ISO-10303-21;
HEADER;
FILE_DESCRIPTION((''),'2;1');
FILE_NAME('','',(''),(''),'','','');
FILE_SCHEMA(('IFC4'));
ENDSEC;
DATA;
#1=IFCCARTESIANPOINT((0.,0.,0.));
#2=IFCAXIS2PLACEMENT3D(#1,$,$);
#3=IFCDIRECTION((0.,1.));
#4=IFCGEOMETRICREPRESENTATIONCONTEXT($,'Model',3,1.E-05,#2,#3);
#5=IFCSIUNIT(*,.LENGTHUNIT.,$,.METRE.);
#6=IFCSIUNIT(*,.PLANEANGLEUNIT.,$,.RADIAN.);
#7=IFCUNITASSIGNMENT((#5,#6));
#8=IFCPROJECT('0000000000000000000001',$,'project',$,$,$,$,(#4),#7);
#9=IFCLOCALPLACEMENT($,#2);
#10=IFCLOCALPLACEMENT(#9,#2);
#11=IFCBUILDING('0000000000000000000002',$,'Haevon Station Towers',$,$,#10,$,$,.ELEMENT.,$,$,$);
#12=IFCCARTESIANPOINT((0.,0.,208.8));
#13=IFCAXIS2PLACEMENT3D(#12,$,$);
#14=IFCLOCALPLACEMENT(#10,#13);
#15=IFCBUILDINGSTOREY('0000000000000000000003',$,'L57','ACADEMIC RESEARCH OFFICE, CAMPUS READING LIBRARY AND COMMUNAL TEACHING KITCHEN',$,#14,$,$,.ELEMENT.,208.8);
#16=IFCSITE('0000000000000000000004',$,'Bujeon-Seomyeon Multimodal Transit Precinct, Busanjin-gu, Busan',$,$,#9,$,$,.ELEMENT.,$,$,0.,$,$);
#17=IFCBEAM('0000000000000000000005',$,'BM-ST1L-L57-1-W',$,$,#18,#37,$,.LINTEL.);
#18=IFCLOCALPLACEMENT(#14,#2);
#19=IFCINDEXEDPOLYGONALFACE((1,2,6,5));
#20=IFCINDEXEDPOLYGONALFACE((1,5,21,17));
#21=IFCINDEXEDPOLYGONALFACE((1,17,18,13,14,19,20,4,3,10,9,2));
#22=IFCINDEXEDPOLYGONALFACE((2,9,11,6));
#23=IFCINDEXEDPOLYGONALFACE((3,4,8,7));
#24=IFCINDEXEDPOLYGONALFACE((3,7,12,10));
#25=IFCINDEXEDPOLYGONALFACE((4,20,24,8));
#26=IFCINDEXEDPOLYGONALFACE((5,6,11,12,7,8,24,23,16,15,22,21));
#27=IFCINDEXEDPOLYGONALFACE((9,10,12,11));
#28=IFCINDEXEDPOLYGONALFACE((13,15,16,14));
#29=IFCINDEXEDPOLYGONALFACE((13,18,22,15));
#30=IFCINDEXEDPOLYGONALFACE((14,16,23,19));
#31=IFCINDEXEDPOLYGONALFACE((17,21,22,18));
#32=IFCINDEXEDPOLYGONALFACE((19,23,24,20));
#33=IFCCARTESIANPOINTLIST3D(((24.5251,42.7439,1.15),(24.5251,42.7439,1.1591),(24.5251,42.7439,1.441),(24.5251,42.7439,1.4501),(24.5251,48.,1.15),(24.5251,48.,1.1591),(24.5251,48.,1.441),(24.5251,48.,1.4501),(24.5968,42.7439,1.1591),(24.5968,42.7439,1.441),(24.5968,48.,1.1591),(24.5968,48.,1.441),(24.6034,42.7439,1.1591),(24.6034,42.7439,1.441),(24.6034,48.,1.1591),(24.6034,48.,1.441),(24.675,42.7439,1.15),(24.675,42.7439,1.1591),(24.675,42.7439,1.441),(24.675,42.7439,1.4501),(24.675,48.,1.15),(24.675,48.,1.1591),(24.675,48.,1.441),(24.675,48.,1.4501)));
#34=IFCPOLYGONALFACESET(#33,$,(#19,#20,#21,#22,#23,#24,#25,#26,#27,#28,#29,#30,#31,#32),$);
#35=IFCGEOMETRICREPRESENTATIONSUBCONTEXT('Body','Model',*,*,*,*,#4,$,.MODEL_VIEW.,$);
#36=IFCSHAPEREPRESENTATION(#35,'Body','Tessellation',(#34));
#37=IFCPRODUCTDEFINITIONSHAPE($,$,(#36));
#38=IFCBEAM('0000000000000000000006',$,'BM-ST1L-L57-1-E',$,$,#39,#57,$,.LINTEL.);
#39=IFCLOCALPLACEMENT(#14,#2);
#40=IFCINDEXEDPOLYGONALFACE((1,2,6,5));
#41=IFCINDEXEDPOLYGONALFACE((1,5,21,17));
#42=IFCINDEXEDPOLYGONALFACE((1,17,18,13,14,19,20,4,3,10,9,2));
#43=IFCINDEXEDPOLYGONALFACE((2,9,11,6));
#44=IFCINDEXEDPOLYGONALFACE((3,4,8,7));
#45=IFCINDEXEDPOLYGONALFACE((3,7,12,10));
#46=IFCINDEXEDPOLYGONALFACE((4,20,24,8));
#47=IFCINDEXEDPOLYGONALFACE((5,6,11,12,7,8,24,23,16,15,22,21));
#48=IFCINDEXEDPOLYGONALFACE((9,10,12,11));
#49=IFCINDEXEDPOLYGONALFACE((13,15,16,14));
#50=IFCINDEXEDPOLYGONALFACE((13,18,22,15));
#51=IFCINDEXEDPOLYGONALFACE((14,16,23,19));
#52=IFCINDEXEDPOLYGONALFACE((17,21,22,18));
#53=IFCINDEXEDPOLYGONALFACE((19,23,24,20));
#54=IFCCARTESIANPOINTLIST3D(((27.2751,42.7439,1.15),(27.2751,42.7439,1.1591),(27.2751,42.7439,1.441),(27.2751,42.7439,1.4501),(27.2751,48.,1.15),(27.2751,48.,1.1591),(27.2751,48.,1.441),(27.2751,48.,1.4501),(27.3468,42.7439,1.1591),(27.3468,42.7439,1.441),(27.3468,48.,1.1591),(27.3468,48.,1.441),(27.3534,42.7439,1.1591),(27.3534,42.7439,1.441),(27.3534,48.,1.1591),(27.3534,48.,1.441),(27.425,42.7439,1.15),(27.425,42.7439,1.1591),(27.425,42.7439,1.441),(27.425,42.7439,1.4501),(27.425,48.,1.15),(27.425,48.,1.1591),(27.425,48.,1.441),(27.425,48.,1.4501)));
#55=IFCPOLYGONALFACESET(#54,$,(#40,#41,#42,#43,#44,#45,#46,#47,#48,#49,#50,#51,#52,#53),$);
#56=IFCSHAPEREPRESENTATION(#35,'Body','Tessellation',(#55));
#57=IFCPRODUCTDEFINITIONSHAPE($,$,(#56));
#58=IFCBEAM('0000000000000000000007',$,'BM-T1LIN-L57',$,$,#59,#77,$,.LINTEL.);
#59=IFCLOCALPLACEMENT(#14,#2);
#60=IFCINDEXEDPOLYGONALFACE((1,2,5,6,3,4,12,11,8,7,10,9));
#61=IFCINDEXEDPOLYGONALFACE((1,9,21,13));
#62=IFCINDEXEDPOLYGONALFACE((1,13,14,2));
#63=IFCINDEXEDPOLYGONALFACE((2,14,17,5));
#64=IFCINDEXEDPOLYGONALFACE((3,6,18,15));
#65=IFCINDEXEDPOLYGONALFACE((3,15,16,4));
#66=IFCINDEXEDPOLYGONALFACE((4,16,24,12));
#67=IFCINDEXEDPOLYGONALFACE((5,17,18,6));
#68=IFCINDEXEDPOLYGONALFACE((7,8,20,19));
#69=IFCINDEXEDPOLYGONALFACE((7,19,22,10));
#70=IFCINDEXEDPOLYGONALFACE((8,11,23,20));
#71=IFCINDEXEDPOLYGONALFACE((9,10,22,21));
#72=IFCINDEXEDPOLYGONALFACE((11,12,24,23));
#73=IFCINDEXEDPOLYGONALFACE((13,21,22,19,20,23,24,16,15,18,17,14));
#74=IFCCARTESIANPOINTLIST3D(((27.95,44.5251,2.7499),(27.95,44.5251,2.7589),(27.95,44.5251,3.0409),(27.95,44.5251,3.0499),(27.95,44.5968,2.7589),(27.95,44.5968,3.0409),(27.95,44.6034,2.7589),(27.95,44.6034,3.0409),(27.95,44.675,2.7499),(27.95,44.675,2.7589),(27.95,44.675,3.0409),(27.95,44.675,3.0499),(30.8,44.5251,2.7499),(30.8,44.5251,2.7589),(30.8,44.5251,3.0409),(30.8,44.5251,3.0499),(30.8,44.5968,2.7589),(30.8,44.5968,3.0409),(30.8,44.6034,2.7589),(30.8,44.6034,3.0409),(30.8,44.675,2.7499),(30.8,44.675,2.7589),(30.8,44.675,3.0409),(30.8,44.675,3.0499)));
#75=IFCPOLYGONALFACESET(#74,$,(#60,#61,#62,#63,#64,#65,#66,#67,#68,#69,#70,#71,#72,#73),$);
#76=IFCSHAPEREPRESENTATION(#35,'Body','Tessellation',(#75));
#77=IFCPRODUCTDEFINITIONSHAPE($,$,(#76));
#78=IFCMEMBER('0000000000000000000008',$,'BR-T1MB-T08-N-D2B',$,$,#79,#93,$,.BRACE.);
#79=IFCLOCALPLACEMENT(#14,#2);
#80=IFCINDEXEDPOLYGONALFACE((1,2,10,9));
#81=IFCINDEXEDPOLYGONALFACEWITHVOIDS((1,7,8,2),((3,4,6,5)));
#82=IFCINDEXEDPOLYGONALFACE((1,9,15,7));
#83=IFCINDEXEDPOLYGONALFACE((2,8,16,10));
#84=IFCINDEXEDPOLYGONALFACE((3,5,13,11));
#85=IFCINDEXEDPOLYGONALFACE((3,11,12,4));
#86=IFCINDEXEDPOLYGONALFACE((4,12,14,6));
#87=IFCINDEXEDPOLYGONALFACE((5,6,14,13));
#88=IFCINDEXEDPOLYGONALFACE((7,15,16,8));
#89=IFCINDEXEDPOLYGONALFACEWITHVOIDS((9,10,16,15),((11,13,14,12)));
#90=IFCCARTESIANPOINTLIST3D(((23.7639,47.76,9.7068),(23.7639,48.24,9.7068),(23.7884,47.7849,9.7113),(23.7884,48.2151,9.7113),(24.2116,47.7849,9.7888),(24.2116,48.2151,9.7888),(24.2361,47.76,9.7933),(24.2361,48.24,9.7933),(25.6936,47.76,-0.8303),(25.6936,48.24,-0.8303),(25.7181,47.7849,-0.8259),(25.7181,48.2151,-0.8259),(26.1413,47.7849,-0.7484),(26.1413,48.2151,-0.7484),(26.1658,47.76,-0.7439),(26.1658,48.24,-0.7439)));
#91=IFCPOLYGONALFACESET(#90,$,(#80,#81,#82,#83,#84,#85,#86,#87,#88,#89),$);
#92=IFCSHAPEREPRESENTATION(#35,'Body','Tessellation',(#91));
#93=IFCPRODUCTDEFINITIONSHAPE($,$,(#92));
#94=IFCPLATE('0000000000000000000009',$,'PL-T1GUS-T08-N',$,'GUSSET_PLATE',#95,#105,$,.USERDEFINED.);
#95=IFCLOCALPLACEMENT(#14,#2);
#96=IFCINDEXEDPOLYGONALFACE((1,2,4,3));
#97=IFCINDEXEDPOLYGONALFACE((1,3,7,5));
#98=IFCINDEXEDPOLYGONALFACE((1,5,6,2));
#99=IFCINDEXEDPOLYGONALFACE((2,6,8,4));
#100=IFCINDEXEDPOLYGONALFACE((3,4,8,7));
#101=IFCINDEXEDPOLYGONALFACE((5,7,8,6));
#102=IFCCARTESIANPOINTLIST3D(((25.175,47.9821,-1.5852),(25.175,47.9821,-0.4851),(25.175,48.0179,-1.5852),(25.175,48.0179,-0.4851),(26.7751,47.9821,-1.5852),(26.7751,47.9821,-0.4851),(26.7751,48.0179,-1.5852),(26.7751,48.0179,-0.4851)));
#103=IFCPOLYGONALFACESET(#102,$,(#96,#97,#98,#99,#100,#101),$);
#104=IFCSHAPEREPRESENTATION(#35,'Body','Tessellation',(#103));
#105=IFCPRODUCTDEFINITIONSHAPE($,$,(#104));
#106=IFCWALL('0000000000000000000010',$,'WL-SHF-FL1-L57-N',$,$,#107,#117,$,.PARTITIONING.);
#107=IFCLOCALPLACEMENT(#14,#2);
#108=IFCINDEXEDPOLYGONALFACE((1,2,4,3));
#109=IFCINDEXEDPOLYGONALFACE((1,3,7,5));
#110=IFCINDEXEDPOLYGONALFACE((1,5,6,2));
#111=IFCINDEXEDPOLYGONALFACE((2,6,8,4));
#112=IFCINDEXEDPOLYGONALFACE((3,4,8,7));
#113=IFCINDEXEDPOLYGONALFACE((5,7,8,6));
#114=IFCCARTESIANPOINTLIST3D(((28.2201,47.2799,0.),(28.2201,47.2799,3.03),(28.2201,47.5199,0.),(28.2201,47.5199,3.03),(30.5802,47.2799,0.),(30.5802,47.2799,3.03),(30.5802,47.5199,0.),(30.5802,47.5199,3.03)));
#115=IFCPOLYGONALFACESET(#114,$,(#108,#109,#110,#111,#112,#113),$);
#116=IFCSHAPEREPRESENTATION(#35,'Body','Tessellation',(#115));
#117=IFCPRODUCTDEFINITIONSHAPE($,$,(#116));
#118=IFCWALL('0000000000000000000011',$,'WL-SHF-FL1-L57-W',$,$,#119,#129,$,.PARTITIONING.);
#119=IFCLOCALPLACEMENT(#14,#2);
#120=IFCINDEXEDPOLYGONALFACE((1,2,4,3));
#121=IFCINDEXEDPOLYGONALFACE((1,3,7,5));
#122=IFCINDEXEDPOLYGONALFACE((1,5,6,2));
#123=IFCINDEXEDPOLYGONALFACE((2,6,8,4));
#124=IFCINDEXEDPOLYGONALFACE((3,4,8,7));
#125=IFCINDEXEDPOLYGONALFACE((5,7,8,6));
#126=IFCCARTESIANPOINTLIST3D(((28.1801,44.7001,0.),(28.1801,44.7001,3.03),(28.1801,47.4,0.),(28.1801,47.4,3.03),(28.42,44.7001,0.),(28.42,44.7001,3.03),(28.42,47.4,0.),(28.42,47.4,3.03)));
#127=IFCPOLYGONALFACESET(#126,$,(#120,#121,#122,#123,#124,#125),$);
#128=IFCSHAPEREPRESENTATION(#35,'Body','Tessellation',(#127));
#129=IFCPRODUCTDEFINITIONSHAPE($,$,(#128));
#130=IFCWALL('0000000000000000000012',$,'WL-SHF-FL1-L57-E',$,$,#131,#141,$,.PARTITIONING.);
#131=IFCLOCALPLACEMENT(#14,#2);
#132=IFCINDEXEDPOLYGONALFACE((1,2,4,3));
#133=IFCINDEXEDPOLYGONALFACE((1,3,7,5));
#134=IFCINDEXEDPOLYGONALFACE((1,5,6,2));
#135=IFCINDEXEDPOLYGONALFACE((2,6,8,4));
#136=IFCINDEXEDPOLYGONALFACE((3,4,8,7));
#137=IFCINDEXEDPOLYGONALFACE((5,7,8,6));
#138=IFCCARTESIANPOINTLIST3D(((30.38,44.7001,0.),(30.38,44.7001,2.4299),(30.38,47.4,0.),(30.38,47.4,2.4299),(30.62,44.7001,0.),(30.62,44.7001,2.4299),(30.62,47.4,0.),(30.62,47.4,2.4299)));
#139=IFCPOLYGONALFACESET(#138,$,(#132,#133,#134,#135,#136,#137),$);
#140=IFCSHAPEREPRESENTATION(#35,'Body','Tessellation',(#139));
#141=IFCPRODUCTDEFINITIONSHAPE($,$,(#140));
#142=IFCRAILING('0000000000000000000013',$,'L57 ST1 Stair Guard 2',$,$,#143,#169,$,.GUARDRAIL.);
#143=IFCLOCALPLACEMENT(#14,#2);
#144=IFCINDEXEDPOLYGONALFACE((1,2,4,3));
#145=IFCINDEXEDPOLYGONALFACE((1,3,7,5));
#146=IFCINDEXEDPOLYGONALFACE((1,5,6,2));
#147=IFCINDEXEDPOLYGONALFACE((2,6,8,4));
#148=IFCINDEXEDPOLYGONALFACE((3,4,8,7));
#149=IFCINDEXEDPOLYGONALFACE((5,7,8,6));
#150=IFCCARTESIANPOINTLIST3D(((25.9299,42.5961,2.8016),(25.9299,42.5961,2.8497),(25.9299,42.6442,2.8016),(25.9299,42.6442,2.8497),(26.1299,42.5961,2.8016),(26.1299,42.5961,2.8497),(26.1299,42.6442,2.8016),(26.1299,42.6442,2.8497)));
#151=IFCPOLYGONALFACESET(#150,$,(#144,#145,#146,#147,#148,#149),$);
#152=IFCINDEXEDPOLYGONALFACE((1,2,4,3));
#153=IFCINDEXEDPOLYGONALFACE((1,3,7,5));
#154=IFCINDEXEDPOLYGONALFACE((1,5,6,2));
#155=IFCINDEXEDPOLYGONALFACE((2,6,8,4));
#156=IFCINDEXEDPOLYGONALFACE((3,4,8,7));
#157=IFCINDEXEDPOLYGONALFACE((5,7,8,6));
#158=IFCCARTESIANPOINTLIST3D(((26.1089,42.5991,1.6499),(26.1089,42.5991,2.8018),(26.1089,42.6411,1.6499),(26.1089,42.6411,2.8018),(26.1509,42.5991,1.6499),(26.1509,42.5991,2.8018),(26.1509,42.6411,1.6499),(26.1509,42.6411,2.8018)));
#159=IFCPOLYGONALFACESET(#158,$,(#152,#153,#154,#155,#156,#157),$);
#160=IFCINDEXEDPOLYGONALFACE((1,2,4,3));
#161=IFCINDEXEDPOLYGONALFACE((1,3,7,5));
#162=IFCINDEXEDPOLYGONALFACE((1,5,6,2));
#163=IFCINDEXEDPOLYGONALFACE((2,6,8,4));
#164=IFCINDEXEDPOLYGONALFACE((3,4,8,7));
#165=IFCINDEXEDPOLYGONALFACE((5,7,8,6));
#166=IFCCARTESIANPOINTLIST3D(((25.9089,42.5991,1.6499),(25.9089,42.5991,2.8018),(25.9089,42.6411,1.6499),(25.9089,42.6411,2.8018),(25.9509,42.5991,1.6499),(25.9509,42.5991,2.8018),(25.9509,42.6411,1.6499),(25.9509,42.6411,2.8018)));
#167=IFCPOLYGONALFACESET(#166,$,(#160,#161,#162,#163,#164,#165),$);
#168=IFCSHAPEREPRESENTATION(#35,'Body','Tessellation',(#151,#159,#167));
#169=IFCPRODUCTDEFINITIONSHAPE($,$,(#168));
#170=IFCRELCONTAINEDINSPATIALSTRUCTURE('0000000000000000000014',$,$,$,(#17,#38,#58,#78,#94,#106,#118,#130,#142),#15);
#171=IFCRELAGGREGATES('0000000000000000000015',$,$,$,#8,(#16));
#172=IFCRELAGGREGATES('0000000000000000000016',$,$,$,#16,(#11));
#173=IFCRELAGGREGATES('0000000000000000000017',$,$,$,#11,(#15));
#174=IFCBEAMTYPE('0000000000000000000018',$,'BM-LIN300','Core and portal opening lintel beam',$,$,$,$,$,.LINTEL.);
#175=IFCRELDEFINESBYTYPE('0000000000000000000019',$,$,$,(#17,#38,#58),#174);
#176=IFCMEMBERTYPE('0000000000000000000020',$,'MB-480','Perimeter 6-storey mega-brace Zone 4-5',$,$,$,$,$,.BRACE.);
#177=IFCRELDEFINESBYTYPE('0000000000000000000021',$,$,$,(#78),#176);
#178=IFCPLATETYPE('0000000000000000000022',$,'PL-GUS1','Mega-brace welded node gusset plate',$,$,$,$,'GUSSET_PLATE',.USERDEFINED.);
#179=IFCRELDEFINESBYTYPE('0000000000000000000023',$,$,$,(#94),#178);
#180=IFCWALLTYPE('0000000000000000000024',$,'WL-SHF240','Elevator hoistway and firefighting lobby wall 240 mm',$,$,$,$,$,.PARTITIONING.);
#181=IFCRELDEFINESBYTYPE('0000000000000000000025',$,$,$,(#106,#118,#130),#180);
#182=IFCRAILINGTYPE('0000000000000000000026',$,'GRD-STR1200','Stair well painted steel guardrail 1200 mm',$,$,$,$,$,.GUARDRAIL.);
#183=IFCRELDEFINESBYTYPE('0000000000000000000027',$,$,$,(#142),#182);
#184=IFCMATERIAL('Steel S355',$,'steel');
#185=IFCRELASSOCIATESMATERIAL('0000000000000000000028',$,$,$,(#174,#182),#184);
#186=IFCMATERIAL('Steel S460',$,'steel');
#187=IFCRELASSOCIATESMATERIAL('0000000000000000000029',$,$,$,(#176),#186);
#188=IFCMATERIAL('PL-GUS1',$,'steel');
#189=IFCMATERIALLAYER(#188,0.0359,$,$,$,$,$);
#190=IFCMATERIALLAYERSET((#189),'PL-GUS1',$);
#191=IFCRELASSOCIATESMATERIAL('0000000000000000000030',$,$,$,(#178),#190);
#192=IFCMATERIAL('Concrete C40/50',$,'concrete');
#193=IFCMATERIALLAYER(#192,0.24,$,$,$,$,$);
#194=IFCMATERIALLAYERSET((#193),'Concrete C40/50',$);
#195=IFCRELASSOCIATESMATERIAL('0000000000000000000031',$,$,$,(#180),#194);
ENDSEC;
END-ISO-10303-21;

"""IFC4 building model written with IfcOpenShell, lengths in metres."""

from ifc_helpers import new_model, si_unit, direction, frame, frame_2d, origin, origin_2d, place, context, subcontext, project, spatial, rectangle, hollow_rectangle, i_section, extrude, material, layer, layer_set, material_profile, profile_set, type_object, element, save


model = new_model("IFC4")

# Units and contexts
model_context = context("Model", 3, precision=1e-05, world=origin(), true_north=direction((0.0, 1.0)))
body_context = subcontext(model_context, "Body", "Model", "MODEL_VIEW")
ifc_project = project(units=[si_unit("LENGTHUNIT", "METRE"), si_unit("PLANEANGLEUNIT", "RADIAN")], contexts=[model_context])

# Site, building, storey
site_placement = place(None, origin())
site = spatial("IfcSite", under=ifc_project, at=site_placement, Name="Bujeon-Seomyeon Multimodal Transit Precinct, Busanjin-gu, Busan", CompositionType="ELEMENT", RefElevation=0.0)
building_placement = place(site_placement, origin())
building = spatial("IfcBuilding", under=site, at=building_placement, Name="Haevon Station Towers", CompositionType="ELEMENT")
storey_placement = place(building_placement, frame((0.0, 0.0, 208.8)))
storey = spatial("IfcBuildingStorey", under=building, at=storey_placement, Name="L57", Description="ACADEMIC RESEARCH OFFICE, CAMPUS READING LIBRARY AND COMMUNAL TEACHING KITCHEN", CompositionType="ELEMENT", Elevation=208.8)

# Beams
ifc_material_1 = material(Name="Steel S355", Category="steel")
ifc_material_profile_1 = material_profile(ifc_material_1, i_section(OverallWidth=0.1499, OverallDepth=0.3, WebThickness=0.0066, FlangeThickness=0.009, at=origin_2d()), Name="H-300x150x6.5x9")
ifc_profile_set_1 = profile_set([ifc_material_profile_1], Name="Steel S355")
beam_type = type_object("IfcBeamType", Name="BM-LIN300", Description="Core and portal opening lintel beam", PredefinedType="LINTEL", material=ifc_profile_set_1)
for number, where, z_axis, x_axis, name in (
    (1, (24.6001, 42.7439, 1.3), (0.0, 1.0, 0.0), (-1.0, 0.0, 0.0), "BM-ST1L-L57-1-W"),
    (2, (27.3501, 42.7439, 1.3), (0.0, 1.0, 0.0), (-1.0, 0.0, 0.0), "BM-ST1L-L57-1-E"),
):
    element("IfcBeam", number, at=place(storey_placement, frame(where, z_axis=z_axis, x_axis=x_axis)), inside=storey, type_object=beam_type, Name=name, PredefinedType="LINTEL", context=body_context, shape_type="SweptSolid", body=[
        extrude(i_section(OverallWidth=0.1499, OverallDepth=0.3, WebThickness=0.0066, FlangeThickness=0.009, at=origin_2d()), origin(), (0.0, 0.0, 1.0), 5.2561),
    ])
beam_placement = place(storey_placement, frame((27.95, 44.6001, 2.8999), z_axis=(1.0, 0.0, 0.0), x_axis=(0.0, 1.0, 0.0)))
element("IfcBeam", 3, at=beam_placement, inside=storey, type_object=beam_type, Name="BM-T1LIN-L57", PredefinedType="LINTEL", context=body_context, shape_type="SweptSolid", body=[
    extrude(i_section(OverallWidth=0.1499, OverallDepth=0.3, WebThickness=0.0066, FlangeThickness=0.009, at=origin_2d()), origin(), (0.0, 0.0, 1.0), 2.8501),
])

# Member
ifc_material_2 = material(Name="Steel S460", Category="steel")
ifc_material_profile_2 = material_profile(ifc_material_2, hollow_rectangle(XDim=0.48, YDim=0.48, WallThickness=0.0249, at=origin_2d()), Name="RHS-480x480x25")
ifc_profile_set_2 = profile_set([ifc_material_profile_2], Name="Steel S460")
member_type = type_object("IfcMemberType", Name="MB-480", Description="Perimeter 6-storey mega-brace Zone 4-5", PredefinedType="BRACE", material=ifc_profile_set_2)
member_placement = place(storey_placement, frame((25.9297, 48.0, -0.7871), z_axis=(-0.180137, 0.0, 0.983642), x_axis=(0.0, -1.0, 0.0)))
element("IfcMember", 4, at=member_placement, inside=storey, type_object=member_type, Name="BR-T1MB-T08-N-D2B", PredefinedType="BRACE", context=body_context, shape_type="SweptSolid", body=[
    extrude(hollow_rectangle(XDim=0.48, YDim=0.48, WallThickness=0.0249, at=origin_2d()), origin(), (0.0, 0.0, 1.0), 10.7124),
])

# Plate
ifc_material_3 = material(Name="PL-GUS1", Category="steel")
ifc_layer_1 = layer(ifc_material_3, 0.0359)
ifc_layer_set_1 = layer_set([ifc_layer_1], Name="PL-GUS1")
plate_type = type_object("IfcPlateType", Name="PL-GUS1", Description="Mega-brace welded node gusset plate", ElementType="GUSSET_PLATE", PredefinedType="USERDEFINED", material=ifc_layer_set_1)
plate_placement = place(storey_placement, frame((25.9751, 48.0, -1.5852), z_axis=(0.0, 0.0, 1.0), x_axis=(1.0, 0.0, 0.0)))
element("IfcPlate", 5, at=plate_placement, inside=storey, type_object=plate_type, Name="PL-T1GUS-T08-N", ObjectType="GUSSET_PLATE", PredefinedType="USERDEFINED", context=body_context, shape_type="SweptSolid", body=[
    extrude(rectangle(XDim=1.6001, YDim=0.0359, at=origin_2d()), origin(), (0.0, 0.0, 1.0), 1.1001),
])

# Shared definitions
ifc_material_4 = material(Name="Concrete C40/50", Category="concrete")
ifc_layer_2 = layer(ifc_material_4, 0.24)
ifc_layer_set_2 = layer_set([ifc_layer_2], Name="Concrete C40/50")
wall_type = type_object("IfcWallType", Name="WL-SHF240", Description="Elevator hoistway and firefighting lobby wall 240 mm", PredefinedType="PARTITIONING", material=ifc_layer_set_2)

# Walls
wall_1_placement = place(storey_placement, frame((28.22, 47.3999, 0.0), z_axis=(0.0, 0.0, 1.0), x_axis=(1.0, 0.0, 0.0)))
element("IfcWall", 6, at=wall_1_placement, inside=storey, type_object=wall_type, Name="WL-SHF-FL1-L57-N", PredefinedType="PARTITIONING", context=body_context, shape_type="SweptSolid", body=[
    extrude(rectangle(XDim=2.3601, YDim=0.24, at=frame_2d((1.1802, 0.0))), origin(), (0.0, 0.0, 1.0), 3.03),
])
wall_2_placement = place(storey_placement, frame((28.3, 44.7, 0.0), z_axis=(0.0, 0.0, 1.0), x_axis=(0.0, 1.0, 0.0)))
element("IfcWall", 7, at=wall_2_placement, inside=storey, type_object=wall_type, Name="WL-SHF-FL1-L57-W", PredefinedType="PARTITIONING", context=body_context, shape_type="SweptSolid", body=[
    extrude(rectangle(XDim=2.7, YDim=0.24, at=frame_2d((1.3501, 0.0))), origin(), (0.0, 0.0, 1.0), 3.03),
])
wall_3_placement = place(storey_placement, frame((30.5, 44.7, 0.0), z_axis=(0.0, 0.0, 1.0), x_axis=(0.0, 1.0, 0.0)))
element("IfcWall", 8, at=wall_3_placement, inside=storey, type_object=wall_type, Name="WL-SHF-FL1-L57-E", PredefinedType="PARTITIONING", context=body_context, shape_type="SweptSolid", body=[
    extrude(rectangle(XDim=2.7, YDim=0.24, at=frame_2d((1.3501, 0.0))), origin(), (0.0, 0.0, 1.0), 2.4299),
])

# Railing
railing_type = type_object("IfcRailingType", Name="GRD-STR1200", Description="Stair well painted steel guardrail 1200 mm", PredefinedType="GUARDRAIL", material=ifc_material_1)
railing_1_placement = place(storey_placement, frame((26.1299, 42.6201, 1.6499)))
element("IfcRailing", 9, at=railing_1_placement, inside=storey, type_object=railing_type, Name="L57 ST1 Stair Guard 2", PredefinedType="GUARDRAIL", context=body_context, shape_type="SweptSolid", body=[
    extrude(rectangle(XDim=0.0481, YDim=0.0481, at=origin_2d()), frame((0.0, 0.0, 1.1758), z_axis=(-1.0, 0.0, 0.0), x_axis=(0.0, -1.0, 0.0)), (0.0, 0.0, 1.0), 0.2),
    extrude(rectangle(XDim=0.042, YDim=0.042, at=origin_2d()), origin(), (0.0, 0.0, 1.0), 1.1519),
    extrude(rectangle(XDim=0.042, YDim=0.042, at=origin_2d()), frame((-0.2, 0.0, 0.0)), (0.0, 0.0, 1.0), 1.1519),
])

save(model, "model.ifc")
